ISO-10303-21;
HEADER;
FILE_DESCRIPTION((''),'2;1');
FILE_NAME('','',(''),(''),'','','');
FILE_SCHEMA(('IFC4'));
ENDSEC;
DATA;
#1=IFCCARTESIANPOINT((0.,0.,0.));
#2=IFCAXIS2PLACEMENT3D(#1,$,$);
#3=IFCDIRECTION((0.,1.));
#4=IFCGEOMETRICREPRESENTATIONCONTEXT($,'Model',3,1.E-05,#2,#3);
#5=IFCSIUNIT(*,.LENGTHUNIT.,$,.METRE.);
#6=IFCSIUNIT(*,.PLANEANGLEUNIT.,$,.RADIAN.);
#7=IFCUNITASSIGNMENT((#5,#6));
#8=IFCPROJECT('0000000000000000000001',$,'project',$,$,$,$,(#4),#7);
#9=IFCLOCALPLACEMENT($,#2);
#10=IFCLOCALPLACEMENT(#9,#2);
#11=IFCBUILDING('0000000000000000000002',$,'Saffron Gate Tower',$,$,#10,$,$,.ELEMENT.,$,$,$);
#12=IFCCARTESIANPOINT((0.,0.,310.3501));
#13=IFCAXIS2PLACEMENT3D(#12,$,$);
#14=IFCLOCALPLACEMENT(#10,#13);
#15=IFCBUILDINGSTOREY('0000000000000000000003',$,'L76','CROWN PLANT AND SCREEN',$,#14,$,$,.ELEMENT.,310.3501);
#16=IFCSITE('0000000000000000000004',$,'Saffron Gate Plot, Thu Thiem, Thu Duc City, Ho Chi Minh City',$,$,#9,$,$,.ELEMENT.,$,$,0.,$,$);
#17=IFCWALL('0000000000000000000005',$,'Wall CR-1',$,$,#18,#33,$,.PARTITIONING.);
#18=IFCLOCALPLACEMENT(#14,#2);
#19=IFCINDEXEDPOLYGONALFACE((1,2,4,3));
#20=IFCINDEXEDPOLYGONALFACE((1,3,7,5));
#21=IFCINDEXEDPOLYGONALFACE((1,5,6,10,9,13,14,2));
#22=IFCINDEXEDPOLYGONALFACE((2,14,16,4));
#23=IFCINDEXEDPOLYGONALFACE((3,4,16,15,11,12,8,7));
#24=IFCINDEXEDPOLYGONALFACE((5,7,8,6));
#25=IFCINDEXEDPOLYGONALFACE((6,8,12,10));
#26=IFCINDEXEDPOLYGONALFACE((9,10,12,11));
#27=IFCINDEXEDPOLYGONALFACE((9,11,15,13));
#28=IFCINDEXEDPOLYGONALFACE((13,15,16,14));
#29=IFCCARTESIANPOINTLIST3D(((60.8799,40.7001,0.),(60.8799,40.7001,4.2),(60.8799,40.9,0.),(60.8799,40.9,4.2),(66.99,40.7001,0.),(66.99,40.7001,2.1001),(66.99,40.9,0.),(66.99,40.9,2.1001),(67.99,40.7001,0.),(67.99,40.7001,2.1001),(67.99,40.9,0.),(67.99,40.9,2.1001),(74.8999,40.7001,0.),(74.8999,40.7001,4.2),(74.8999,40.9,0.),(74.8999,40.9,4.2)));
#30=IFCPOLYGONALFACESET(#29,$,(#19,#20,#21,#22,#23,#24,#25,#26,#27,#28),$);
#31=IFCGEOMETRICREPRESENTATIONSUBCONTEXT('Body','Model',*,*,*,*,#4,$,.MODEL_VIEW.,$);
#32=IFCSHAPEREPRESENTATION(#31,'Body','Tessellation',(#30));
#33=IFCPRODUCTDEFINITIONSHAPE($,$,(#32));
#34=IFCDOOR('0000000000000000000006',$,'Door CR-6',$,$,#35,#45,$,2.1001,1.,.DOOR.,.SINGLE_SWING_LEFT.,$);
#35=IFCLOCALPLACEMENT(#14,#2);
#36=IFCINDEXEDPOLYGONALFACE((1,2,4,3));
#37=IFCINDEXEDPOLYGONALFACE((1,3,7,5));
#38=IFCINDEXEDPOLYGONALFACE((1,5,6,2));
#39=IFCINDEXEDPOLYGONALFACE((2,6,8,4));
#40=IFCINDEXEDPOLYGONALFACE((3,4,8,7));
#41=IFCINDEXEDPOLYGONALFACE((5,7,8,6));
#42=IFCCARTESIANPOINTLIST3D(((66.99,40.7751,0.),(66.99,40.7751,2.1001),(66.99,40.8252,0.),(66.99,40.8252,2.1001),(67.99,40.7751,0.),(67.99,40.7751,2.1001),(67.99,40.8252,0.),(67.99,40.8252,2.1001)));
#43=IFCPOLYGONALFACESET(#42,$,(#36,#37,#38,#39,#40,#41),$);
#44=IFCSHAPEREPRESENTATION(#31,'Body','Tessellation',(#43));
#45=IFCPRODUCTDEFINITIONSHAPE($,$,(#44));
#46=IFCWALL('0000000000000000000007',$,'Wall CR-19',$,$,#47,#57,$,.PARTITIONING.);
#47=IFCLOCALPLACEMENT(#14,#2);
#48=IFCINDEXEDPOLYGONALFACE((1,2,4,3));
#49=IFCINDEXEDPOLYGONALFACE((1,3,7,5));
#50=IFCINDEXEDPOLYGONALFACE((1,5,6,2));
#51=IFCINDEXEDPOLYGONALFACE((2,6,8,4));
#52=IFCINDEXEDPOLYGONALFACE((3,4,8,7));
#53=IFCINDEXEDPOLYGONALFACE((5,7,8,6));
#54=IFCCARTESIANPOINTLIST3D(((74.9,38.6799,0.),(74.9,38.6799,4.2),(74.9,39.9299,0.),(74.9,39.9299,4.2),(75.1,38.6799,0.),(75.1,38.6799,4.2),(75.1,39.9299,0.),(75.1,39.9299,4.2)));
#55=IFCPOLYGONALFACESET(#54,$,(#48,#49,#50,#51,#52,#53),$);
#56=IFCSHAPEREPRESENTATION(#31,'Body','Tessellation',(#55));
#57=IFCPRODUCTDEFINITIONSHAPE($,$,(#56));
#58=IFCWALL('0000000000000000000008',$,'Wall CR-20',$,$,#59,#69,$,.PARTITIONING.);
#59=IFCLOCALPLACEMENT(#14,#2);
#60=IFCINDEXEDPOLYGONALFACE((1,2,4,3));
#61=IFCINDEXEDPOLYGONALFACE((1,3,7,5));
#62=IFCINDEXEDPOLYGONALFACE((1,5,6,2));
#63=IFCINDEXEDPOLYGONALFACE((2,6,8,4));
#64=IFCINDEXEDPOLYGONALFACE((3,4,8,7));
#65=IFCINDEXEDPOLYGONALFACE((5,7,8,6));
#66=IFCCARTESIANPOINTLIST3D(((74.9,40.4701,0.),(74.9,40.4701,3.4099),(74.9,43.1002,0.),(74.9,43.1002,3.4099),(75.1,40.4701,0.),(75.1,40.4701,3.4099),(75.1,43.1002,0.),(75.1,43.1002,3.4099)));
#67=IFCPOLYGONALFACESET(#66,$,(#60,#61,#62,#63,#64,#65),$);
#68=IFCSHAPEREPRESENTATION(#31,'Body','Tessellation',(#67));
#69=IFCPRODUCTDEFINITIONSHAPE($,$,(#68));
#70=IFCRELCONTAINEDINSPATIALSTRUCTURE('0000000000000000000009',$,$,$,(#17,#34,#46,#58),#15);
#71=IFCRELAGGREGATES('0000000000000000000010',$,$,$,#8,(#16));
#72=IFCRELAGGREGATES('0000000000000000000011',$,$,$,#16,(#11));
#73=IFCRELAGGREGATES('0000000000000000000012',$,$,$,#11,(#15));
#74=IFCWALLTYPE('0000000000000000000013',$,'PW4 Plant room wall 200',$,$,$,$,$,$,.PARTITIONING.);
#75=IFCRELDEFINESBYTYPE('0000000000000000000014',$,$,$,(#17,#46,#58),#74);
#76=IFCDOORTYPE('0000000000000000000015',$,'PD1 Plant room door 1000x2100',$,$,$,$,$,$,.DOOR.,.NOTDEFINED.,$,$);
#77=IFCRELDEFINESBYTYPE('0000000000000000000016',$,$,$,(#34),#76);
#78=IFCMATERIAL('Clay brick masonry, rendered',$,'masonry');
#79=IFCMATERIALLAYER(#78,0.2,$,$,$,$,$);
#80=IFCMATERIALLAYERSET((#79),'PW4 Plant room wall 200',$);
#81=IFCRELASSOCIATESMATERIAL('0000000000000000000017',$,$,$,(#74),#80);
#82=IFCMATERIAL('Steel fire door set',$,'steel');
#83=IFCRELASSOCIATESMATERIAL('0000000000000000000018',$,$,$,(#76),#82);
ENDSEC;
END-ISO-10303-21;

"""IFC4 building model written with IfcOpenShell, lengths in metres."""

from ifc_helpers import new_model, si_unit, direction, frame, frame_2d, origin, place, context, subcontext, project, spatial, rectangle, extrude, material, layer, layer_set, type_object, element, fill, save


model = new_model("IFC4")

# Units and contexts
model_context = context("Model", 3, precision=1e-05, world=origin(), true_north=direction((0.0, 1.0)))
body_context = subcontext(model_context, "Body", "Model", "MODEL_VIEW")
ifc_project = project(units=[si_unit("LENGTHUNIT", "METRE"), si_unit("PLANEANGLEUNIT", "RADIAN")], contexts=[model_context])

# Site, building, storey
site_placement = place(None, origin())
site = spatial("IfcSite", under=ifc_project, at=site_placement, Name="Saffron Gate Plot, Thu Thiem, Thu Duc City, Ho Chi Minh City", CompositionType="ELEMENT", RefElevation=0.0)
building_placement = place(site_placement, origin())
building = spatial("IfcBuilding", under=site, at=building_placement, Name="Saffron Gate Tower", CompositionType="ELEMENT")
storey_placement = place(building_placement, frame((0.0, 0.0, 310.3501)))
storey = spatial("IfcBuildingStorey", under=building, at=storey_placement, Name="L76", Description="CROWN PLANT AND SCREEN", CompositionType="ELEMENT", Elevation=310.3501)

# Wall, opening, door
ifc_material_1 = material(Name="Steel fire door set", Category="steel")
ifc_material_2 = material(Name="Clay brick masonry, rendered", Category="masonry")
ifc_layer_1 = layer(ifc_material_2, 0.2)
ifc_layer_set_1 = layer_set([ifc_layer_1], Name="PW4 Plant room wall 200")
wall_type_1 = type_object("IfcWallType", Name="PW4 Plant room wall 200", PredefinedType="PARTITIONING", material=ifc_layer_set_1)
wall_1_placement = place(storey_placement, frame((74.8999, 40.8, 0.0), z_axis=(0.0, 0.0, 1.0), x_axis=(-1.0, 0.0, 0.0)))
wall_1 = element("IfcWall", 1, at=wall_1_placement, inside=storey, type_object=wall_type_1, Name="Wall CR-1", PredefinedType="PARTITIONING", context=body_context, shape_type="SweptSolid", body=[
    extrude(rectangle(XDim=14.02, YDim=0.2, at=frame_2d((7.01, 0.0))), origin(), (0.0, 0.0, 1.0), 4.2),
])
opening_1_placement = place(wall_1_placement, frame((6.9099, 0.0, 0.0)))
opening_1 = element("IfcOpeningElement", 2, at=opening_1_placement, cuts=wall_1, PredefinedType="OPENING", context=body_context, shape_type="SweptSolid", body=[
    extrude(rectangle(XDim=1.0, YDim=2.1001, at=frame_2d((0.5, 1.05))), frame((0.0, 0.1099, 0.0), z_axis=(0.0, -1.0, 0.0), x_axis=(1.0, 0.0, 0.0)), (0.0, 0.0, 1.0), 0.22),
])
door_type_1 = type_object("IfcDoorType", Name="PD1 Plant room door 1000x2100", OperationType="NOTDEFINED", PredefinedType="DOOR", material=ifc_material_1)
door_1_placement = place(opening_1_placement, origin())
door_1 = element("IfcDoor", 3, at=door_1_placement, inside=storey, type_object=door_type_1, Name="Door CR-6", OperationType="SINGLE_SWING_LEFT", OverallHeight=2.1001, OverallWidth=1.0, PredefinedType="DOOR", context=body_context, shape_type="SweptSolid", body=[
    extrude(rectangle(XDim=1.0, YDim=2.1001, at=frame_2d((0.5, 1.05))), frame((0.0, 0.0249, 0.0), z_axis=(0.0, -1.0, 0.0), x_axis=(1.0, 0.0, 0.0)), (0.0, 0.0, 1.0), 0.05),
])
fill(opening_1, door_1)

# Walls
wall_2_placement = place(storey_placement, frame((75.0, 39.9299, 0.0), z_axis=(0.0, 0.0, 1.0), x_axis=(0.0, -1.0, 0.0)))
element("IfcWall", 4, at=wall_2_placement, inside=storey, type_object=wall_type_1, Name="Wall CR-19", PredefinedType="PARTITIONING", context=body_context, shape_type="SweptSolid", body=[
    extrude(rectangle(XDim=1.25, YDim=0.2, at=frame_2d((0.625, 0.0))), origin(), (0.0, 0.0, 1.0), 4.2),
])
wall_3_placement = place(storey_placement, frame((75.0, 43.1001, 0.0), z_axis=(0.0, 0.0, 1.0), x_axis=(0.0, -1.0, 0.0)))
element("IfcWall", 5, at=wall_3_placement, inside=storey, type_object=wall_type_1, Name="Wall CR-20", PredefinedType="PARTITIONING", context=body_context, shape_type="SweptSolid", body=[
    extrude(rectangle(XDim=2.6301, YDim=0.2, at=frame_2d((1.3149, 0.0))), origin(), (0.0, 0.0, 1.0), 3.4099),
])

save(model, "model.ifc")
